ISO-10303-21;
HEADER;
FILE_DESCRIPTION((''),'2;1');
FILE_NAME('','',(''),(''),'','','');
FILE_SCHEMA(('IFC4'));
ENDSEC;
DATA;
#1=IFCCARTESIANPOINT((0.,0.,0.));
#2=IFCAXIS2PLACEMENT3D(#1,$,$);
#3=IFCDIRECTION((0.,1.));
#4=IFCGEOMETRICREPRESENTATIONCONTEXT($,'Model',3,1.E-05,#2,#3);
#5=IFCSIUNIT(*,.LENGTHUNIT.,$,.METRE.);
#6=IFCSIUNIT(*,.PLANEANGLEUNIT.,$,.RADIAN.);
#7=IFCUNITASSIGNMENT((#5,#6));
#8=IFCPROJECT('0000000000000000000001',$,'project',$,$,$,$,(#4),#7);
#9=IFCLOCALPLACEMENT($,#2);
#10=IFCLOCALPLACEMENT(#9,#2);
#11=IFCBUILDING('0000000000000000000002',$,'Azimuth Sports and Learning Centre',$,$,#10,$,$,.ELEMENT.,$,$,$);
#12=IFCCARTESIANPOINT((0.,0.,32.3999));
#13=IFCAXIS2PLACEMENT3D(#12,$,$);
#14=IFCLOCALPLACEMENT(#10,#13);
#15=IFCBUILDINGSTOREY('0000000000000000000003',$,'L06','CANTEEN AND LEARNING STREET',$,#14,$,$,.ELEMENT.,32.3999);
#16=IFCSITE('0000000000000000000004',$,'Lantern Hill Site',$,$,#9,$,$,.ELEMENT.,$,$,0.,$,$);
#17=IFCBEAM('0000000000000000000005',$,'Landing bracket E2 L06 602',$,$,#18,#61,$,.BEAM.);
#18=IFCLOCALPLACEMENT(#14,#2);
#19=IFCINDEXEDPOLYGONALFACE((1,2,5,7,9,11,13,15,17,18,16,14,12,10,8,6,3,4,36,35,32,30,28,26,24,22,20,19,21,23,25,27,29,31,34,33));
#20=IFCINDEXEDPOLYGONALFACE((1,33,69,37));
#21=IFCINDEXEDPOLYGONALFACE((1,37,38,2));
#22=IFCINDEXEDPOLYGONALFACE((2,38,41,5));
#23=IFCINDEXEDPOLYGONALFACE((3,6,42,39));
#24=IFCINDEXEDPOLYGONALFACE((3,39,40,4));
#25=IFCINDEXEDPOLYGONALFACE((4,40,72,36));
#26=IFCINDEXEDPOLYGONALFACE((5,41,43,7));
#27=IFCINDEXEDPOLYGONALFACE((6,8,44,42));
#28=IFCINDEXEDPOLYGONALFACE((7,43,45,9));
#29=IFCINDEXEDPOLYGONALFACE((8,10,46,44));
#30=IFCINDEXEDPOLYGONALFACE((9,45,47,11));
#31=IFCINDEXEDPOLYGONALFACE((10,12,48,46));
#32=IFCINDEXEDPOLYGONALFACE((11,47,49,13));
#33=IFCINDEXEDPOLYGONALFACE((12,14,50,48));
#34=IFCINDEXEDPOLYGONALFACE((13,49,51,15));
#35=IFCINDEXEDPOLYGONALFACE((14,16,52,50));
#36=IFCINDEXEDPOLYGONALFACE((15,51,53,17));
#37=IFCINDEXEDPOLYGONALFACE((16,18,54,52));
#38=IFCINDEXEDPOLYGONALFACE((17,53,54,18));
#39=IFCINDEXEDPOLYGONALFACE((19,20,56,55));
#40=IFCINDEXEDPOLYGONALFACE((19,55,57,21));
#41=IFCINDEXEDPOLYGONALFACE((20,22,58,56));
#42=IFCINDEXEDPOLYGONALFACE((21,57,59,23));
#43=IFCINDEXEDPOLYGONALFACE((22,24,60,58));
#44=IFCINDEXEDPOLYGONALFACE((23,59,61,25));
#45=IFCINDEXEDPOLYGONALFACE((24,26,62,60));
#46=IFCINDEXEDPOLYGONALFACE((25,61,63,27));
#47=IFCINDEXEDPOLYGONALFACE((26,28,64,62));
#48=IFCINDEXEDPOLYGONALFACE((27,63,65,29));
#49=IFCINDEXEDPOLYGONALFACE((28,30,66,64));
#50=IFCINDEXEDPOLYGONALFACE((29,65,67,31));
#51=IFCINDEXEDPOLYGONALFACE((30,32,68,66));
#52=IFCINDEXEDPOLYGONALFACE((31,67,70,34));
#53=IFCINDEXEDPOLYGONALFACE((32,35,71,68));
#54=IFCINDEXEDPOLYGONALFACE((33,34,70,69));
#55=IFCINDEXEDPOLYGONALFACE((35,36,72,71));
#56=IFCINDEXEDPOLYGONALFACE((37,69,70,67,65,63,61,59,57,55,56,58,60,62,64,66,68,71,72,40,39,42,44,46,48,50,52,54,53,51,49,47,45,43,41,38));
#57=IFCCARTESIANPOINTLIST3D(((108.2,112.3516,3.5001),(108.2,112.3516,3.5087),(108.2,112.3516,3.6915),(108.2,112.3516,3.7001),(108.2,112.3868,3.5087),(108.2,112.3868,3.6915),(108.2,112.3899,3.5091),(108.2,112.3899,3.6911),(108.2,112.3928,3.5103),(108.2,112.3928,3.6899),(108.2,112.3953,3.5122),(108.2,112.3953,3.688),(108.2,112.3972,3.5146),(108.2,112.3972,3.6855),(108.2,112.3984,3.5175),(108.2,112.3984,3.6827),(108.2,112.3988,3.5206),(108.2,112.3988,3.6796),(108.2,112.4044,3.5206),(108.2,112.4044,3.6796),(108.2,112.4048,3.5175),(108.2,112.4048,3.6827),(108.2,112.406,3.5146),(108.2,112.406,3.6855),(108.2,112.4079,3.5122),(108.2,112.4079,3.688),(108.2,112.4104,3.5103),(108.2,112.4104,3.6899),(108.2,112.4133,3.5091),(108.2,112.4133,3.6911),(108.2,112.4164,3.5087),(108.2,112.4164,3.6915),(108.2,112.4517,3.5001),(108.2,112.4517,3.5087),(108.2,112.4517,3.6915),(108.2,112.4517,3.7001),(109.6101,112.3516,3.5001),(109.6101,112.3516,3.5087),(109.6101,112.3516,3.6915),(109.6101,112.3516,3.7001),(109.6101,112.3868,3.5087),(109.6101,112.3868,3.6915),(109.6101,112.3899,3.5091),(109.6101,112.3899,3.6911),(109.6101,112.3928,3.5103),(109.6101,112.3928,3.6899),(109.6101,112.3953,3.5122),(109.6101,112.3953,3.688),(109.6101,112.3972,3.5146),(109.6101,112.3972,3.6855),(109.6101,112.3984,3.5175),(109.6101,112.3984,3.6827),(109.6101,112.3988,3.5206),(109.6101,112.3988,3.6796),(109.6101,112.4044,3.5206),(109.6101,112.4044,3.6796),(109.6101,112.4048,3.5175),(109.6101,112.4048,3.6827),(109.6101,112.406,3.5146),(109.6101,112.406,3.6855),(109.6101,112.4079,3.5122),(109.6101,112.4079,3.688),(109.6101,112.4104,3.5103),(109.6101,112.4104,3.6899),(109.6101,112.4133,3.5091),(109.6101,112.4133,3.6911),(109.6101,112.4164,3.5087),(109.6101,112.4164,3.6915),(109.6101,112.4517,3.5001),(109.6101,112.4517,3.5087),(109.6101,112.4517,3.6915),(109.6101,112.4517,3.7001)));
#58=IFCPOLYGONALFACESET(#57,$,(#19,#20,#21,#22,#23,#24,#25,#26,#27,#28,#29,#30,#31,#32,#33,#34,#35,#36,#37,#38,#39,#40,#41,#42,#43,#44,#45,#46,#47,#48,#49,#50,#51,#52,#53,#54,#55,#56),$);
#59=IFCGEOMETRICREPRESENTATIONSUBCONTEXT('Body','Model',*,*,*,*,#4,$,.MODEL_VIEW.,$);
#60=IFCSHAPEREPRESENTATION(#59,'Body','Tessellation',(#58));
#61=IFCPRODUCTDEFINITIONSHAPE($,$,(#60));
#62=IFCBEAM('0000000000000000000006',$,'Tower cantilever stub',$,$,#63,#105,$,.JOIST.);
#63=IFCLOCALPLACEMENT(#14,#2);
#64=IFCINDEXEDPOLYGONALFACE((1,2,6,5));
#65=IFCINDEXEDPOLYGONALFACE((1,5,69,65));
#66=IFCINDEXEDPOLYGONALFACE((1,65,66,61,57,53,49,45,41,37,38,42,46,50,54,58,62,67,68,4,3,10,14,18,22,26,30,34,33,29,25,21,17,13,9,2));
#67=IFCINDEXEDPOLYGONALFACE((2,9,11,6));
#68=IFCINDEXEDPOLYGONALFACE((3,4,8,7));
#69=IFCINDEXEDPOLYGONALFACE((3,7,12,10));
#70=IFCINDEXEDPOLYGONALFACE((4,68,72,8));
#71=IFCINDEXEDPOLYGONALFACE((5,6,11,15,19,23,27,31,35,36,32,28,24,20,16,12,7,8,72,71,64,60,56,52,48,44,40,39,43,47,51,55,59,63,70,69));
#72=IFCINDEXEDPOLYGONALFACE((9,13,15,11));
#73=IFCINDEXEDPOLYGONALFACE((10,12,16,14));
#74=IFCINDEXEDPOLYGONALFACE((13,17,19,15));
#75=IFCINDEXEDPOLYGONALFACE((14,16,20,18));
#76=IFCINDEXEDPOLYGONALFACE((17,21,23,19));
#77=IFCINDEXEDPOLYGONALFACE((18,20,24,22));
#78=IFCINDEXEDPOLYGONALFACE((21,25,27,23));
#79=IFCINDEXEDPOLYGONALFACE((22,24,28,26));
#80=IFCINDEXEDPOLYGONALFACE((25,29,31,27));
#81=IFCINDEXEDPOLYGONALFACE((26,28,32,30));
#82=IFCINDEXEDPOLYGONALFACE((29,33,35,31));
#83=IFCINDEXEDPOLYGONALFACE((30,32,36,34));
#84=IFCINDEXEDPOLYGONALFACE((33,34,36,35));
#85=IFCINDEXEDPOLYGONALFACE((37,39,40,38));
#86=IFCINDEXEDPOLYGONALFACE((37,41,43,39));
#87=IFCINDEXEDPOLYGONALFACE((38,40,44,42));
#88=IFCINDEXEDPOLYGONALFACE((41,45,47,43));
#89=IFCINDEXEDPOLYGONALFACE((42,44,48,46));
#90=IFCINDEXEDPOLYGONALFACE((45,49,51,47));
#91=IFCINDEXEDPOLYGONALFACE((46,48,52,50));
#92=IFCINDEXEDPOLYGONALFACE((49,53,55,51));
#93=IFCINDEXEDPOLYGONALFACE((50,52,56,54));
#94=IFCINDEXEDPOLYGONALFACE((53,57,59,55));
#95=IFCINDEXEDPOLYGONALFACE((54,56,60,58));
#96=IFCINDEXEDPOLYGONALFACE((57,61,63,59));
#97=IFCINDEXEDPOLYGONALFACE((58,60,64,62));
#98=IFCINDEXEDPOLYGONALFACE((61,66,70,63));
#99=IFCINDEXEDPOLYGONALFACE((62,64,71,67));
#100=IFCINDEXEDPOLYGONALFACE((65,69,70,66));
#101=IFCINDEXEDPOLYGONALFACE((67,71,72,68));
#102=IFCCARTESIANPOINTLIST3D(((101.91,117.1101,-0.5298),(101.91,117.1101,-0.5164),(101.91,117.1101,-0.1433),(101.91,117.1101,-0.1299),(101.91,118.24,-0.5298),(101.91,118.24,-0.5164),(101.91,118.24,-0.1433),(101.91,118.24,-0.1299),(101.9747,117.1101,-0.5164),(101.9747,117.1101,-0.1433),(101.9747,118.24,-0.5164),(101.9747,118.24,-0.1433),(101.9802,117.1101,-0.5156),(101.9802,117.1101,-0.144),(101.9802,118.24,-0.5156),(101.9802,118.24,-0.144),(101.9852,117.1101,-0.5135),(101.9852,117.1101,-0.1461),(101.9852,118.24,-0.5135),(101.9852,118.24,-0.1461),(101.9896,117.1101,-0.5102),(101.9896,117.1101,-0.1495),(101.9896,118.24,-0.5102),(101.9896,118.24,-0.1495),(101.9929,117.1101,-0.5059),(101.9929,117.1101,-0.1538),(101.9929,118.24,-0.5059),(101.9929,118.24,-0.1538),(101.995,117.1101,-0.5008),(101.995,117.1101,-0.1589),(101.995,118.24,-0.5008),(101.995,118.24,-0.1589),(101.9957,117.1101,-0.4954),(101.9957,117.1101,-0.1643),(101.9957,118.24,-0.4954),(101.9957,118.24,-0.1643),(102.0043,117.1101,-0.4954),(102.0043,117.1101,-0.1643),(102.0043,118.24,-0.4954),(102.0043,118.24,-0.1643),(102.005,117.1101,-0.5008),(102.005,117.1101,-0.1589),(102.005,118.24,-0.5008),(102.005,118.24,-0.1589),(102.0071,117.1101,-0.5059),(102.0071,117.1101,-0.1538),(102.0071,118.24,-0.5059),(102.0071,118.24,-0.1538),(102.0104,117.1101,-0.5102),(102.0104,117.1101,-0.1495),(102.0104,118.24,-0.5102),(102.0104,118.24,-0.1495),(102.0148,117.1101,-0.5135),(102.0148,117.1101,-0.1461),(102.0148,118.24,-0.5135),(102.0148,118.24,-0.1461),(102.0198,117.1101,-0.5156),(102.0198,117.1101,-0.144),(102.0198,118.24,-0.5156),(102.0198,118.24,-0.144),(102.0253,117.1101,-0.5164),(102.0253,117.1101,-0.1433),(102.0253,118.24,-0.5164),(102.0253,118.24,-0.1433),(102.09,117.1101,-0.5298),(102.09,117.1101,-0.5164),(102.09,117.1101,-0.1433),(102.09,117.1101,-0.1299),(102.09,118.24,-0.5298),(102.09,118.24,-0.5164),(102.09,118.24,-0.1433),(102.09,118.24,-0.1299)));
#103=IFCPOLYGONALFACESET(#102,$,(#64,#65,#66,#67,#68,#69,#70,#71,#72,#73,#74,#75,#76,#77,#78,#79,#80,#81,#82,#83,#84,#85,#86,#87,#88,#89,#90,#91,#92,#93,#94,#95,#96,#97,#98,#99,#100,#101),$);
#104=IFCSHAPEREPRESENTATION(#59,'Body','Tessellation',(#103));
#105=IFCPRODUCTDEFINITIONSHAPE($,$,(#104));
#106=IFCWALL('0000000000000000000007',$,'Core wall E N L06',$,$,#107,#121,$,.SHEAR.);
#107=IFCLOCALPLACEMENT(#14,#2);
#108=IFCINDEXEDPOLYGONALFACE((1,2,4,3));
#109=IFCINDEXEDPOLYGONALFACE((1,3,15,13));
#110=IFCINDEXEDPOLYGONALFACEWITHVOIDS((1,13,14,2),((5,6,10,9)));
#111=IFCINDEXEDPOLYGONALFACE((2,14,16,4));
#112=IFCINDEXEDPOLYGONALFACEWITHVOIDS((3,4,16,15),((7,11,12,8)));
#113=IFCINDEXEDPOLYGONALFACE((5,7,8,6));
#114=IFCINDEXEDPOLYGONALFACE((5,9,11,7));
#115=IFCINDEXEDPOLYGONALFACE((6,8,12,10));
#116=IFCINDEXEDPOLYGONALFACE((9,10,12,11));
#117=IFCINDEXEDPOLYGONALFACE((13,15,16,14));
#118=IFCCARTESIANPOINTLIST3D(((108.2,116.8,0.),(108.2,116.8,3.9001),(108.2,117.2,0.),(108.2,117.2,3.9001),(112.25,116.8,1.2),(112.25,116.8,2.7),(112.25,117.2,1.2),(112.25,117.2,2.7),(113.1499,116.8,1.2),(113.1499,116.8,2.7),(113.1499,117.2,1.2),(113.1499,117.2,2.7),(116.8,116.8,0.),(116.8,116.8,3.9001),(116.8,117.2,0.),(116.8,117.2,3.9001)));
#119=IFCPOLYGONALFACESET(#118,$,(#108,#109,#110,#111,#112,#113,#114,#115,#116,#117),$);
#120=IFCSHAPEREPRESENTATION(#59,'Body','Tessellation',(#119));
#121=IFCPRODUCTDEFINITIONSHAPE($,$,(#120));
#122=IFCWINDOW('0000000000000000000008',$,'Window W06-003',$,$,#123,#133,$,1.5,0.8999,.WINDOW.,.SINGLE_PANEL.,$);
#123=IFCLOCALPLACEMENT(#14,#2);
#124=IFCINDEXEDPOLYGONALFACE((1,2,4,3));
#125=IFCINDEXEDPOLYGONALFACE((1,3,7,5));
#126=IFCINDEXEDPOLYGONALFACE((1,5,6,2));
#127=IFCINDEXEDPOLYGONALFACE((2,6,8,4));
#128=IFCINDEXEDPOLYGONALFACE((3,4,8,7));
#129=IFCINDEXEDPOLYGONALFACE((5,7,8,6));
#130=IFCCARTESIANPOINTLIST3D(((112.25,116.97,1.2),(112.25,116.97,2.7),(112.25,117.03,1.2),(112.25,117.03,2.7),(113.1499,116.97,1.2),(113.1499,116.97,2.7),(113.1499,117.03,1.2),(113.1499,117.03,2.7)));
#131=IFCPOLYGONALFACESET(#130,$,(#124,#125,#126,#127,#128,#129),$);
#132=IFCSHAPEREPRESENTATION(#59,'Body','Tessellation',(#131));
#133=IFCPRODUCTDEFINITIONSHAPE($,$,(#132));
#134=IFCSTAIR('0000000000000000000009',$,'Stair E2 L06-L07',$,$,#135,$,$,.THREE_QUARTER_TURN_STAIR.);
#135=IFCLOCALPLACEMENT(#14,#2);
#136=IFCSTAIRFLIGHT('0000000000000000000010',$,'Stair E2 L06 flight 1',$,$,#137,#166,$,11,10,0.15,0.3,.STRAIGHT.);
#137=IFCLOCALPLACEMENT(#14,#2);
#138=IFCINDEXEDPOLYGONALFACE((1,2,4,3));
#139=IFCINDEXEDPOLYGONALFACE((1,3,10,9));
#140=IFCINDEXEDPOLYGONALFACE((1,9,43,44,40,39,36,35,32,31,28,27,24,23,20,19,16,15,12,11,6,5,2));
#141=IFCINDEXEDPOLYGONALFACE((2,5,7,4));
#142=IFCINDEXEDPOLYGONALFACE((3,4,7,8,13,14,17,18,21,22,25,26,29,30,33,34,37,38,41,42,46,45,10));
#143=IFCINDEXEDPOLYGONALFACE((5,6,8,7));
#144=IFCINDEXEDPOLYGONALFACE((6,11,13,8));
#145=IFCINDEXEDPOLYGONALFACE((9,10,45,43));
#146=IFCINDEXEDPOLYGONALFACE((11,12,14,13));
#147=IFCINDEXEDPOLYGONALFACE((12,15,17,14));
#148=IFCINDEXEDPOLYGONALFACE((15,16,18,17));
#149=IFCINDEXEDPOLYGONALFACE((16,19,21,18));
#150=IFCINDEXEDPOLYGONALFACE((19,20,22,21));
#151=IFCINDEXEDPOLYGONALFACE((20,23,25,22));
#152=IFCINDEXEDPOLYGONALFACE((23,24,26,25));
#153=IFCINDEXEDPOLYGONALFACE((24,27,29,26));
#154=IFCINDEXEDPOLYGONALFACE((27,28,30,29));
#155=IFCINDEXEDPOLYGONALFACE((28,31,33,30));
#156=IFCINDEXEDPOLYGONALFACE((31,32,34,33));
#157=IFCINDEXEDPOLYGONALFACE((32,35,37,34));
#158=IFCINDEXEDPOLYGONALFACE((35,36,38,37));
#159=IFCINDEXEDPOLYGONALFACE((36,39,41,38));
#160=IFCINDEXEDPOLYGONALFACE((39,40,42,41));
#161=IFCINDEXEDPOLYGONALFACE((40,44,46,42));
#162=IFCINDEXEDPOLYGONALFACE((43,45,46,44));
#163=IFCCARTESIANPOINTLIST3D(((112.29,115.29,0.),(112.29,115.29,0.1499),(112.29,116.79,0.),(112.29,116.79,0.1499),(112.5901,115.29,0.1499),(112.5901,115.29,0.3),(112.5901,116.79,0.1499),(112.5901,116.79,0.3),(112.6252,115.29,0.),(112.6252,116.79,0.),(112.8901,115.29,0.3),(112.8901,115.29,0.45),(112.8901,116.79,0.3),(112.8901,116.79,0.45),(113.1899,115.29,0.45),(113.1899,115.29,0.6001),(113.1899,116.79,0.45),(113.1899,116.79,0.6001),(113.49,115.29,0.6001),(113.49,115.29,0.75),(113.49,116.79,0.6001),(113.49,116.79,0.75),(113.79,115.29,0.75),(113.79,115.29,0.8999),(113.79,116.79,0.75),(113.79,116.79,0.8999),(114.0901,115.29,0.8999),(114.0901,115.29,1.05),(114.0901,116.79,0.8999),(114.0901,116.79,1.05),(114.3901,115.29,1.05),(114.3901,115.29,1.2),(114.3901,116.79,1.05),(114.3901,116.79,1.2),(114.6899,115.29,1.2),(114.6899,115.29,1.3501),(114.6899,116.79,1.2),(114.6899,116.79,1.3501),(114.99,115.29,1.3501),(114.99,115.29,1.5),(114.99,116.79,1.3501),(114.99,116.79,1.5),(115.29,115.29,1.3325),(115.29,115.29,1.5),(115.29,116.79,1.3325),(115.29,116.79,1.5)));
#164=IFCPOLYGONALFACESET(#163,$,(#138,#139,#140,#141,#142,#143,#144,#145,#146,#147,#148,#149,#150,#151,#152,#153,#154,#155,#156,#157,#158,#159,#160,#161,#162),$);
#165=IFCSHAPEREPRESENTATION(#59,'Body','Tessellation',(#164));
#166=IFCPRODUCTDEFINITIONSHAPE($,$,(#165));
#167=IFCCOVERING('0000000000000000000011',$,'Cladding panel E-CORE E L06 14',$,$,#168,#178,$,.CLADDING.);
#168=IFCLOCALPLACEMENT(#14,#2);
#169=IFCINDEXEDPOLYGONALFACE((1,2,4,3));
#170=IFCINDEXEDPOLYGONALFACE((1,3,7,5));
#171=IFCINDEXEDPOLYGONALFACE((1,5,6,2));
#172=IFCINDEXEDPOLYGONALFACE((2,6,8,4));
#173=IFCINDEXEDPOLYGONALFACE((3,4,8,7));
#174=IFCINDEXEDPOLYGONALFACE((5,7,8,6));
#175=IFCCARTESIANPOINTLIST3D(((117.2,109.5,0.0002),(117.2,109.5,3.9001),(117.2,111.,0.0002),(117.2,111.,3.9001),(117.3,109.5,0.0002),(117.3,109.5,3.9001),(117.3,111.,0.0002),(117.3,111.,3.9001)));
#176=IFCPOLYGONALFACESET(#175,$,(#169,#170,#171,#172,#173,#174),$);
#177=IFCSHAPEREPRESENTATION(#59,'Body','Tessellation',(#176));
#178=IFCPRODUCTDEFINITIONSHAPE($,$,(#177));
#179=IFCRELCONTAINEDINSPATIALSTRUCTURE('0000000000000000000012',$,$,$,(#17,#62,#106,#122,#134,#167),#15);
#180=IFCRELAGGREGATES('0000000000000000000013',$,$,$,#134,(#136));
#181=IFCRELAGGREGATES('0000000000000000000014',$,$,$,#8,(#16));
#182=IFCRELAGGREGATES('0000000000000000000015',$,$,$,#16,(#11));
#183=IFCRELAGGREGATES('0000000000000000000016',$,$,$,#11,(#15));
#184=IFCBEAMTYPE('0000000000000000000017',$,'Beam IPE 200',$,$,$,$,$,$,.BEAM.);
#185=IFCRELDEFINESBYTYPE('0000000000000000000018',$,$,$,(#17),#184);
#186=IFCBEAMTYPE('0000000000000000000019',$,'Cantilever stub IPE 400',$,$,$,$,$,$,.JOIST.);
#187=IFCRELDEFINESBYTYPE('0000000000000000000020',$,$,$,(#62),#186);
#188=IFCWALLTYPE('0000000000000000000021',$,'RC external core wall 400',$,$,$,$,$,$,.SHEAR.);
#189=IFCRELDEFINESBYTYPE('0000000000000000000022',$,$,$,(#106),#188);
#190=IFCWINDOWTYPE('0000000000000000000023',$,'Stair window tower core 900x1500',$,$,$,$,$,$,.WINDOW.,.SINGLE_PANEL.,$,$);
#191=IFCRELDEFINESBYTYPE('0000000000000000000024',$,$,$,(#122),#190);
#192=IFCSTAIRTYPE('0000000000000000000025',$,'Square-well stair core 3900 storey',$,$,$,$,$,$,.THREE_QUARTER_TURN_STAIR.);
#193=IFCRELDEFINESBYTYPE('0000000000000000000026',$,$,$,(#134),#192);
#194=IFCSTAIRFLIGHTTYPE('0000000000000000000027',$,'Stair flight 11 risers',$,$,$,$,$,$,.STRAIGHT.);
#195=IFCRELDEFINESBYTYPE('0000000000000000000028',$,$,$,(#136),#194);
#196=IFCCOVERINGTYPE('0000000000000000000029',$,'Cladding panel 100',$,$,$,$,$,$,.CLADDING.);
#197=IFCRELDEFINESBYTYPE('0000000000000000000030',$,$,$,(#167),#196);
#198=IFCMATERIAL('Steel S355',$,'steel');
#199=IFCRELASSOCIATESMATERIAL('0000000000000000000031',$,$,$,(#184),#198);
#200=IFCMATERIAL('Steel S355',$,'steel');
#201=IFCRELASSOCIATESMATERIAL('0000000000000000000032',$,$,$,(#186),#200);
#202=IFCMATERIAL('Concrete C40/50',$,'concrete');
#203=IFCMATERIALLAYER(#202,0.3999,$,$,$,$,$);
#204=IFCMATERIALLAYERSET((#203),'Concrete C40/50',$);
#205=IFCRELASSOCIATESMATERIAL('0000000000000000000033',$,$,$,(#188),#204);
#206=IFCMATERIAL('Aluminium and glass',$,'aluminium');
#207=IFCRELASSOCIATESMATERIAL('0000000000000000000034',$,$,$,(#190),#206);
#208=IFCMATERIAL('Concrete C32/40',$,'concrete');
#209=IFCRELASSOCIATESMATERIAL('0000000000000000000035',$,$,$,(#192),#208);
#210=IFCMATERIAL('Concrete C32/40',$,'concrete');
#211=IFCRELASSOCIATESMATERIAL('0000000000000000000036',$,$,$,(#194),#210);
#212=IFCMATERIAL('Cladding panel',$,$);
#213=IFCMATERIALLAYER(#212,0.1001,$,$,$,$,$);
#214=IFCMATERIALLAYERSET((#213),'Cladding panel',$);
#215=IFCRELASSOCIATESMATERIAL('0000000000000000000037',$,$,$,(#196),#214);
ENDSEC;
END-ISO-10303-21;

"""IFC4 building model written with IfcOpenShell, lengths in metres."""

from ifc_helpers import new_model, si_unit, direction, frame, frame_2d, origin, origin_2d, place, context, subcontext, project, spatial, polyline, rectangle, i_section, outline, extrude, material, layer, layer_set, material_profile, profile_set, type_object, element, fill, aggregate, save


model = new_model("IFC4")

# Units and contexts
model_context = context("Model", 3, precision=1e-05, world=origin(), true_north=direction((0.0, 1.0)))
body_context = subcontext(model_context, "Body", "Model", "MODEL_VIEW")
ifc_project = project(units=[si_unit("LENGTHUNIT", "METRE"), si_unit("PLANEANGLEUNIT", "RADIAN")], contexts=[model_context])

# Site, building, storey
site_placement = place(None, origin())
site = spatial("IfcSite", under=ifc_project, at=site_placement, Name="Lantern Hill Site", CompositionType="ELEMENT", RefElevation=0.0)
building_placement = place(site_placement, origin())
building = spatial("IfcBuilding", under=site, at=building_placement, Name="Azimuth Sports and Learning Centre", CompositionType="ELEMENT")
storey_placement = place(building_placement, frame((0.0, 0.0, 32.3999)))
storey = spatial("IfcBuildingStorey", under=building, at=storey_placement, Name="L06", Description="CANTEEN AND LEARNING STREET", CompositionType="ELEMENT", Elevation=32.3999)

# Beams
ifc_material_1 = material(Name="Steel S355", Category="steel")
ifc_material_profile_1 = material_profile(ifc_material_1, i_section(OverallWidth=0.1001, OverallDepth=0.2, WebThickness=0.0056, FlangeThickness=0.0085, FilletRadius=0.012, at=origin_2d()), Name="IPE 200")
ifc_profile_set_1 = profile_set([ifc_material_profile_1], Name="Steel S355")
beam_type_1 = type_object("IfcBeamType", Name="Beam IPE 200", PredefinedType="BEAM", material=ifc_profile_set_1)
for number, where, z_axis, x_axis, name in (
    (1, (108.2, 112.4016, 3.6001), (1.0, 0.0, 0.0), (0.0, 1.0, 0.0), "Landing bracket E2 L06 602"),
):
    element("IfcBeam", number, at=place(storey_placement, frame(where, z_axis=z_axis, x_axis=x_axis)), inside=storey, type_object=beam_type_1, Name=name, PredefinedType="BEAM", context=body_context, shape_type="SweptSolid", body=[
        extrude(i_section(OverallWidth=0.1001, OverallDepth=0.2, WebThickness=0.0056, FlangeThickness=0.0085, FilletRadius=0.012, at=origin_2d()), origin(), (0.0, 0.0, 1.0), 1.4102),
    ])
ifc_material_2 = material(Name="Steel S355", Category="steel")
ifc_material_profile_2 = material_profile(ifc_material_2, i_section(OverallWidth=0.1799, OverallDepth=0.3999, WebThickness=0.0085, FlangeThickness=0.0134, FilletRadius=0.021, at=origin_2d()), Name="IPE 400")
ifc_profile_set_2 = profile_set([ifc_material_profile_2], Name="Steel S355")
beam_type_2 = type_object("IfcBeamType", Name="Cantilever stub IPE 400", PredefinedType="JOIST", material=ifc_profile_set_2)
beam_placement = place(storey_placement, frame((102.0, 117.1101, -0.3298), z_axis=(0.0, 1.0, 0.0), x_axis=(-1.0, 0.0, 0.0)))
element("IfcBeam", 2, at=beam_placement, inside=storey, type_object=beam_type_2, Name="Tower cantilever stub", PredefinedType="JOIST", context=body_context, shape_type="SweptSolid", body=[
    extrude(i_section(OverallWidth=0.1799, OverallDepth=0.3999, WebThickness=0.0085, FlangeThickness=0.0134, FilletRadius=0.021, at=origin_2d()), origin(), (0.0, 0.0, 1.0), 1.1299),
])

# Wall, opening, window
ifc_material_3 = material(Name="Concrete C40/50", Category="concrete")
ifc_layer_1 = layer(ifc_material_3, 0.3999)
ifc_layer_set_1 = layer_set([ifc_layer_1], Name="Concrete C40/50")
wall_type = type_object("IfcWallType", Name="RC external core wall 400", PredefinedType="SHEAR", material=ifc_layer_set_1)
wall_placement = place(storey_placement, frame((108.2, 117.0, 0.0), z_axis=(0.0, 0.0, 1.0), x_axis=(1.0, 0.0, 0.0)))
wall = element("IfcWall", 3, at=wall_placement, inside=storey, type_object=wall_type, Name="Core wall E N L06", PredefinedType="SHEAR", context=body_context, shape_type="SweptSolid", body=[
    extrude(rectangle(XDim=8.6001, YDim=0.3999, at=frame_2d((4.3, 0.0))), origin(), (0.0, 0.0, 1.0), 3.9001),
])
opening_placement = place(wall_placement, frame((4.05, 0.0, 1.2)))
opening = element("IfcOpeningElement", 4, at=opening_placement, cuts=wall, PredefinedType="OPENING", context=body_context, shape_type="SweptSolid", body=[
    extrude(rectangle(XDim=0.8999, YDim=1.5, at=frame_2d((0.45, 0.75))), frame((0.0, 0.2109, 0.0), z_axis=(0.0, -1.0, 0.0), x_axis=(1.0, 0.0, 0.0)), (0.0, 0.0, 1.0), 0.4219),
])
ifc_material_4 = material(Name="Aluminium and glass", Category="aluminium")
window_type = type_object("IfcWindowType", Name="Stair window tower core 900x1500", PartitioningType="SINGLE_PANEL", PredefinedType="WINDOW", material=ifc_material_4)
window_placement = place(opening_placement, origin())
window = element("IfcWindow", 5, at=window_placement, inside=storey, type_object=window_type, Name="Window W06-003", OverallHeight=1.5, OverallWidth=0.8999, PartitioningType="SINGLE_PANEL", PredefinedType="WINDOW", context=body_context, shape_type="SweptSolid", body=[
    extrude(rectangle(XDim=0.8999, YDim=1.5, at=frame_2d((0.45, 0.75))), frame((0.0, 0.03, 0.0), z_axis=(0.0, -1.0, 0.0), x_axis=(1.0, 0.0, 0.0)), (0.0, 0.0, 1.0), 0.0601),
])
fill(opening, window)

# Stair, stair flight
ifc_material_5 = material(Name="Concrete C32/40", Category="concrete")
stair_type = type_object("IfcStairType", Name="Square-well stair core 3900 storey", PredefinedType="THREE_QUARTER_TURN_STAIR", material=ifc_material_5)
stair_placement = place(storey_placement, origin())
stair = element("IfcStair", 6, at=stair_placement, inside=storey, type_object=stair_type, Name="Stair E2 L06-L07", PredefinedType="THREE_QUARTER_TURN_STAIR")
ifc_material_6 = material(Name="Concrete C32/40", Category="concrete")
stair_flight_type = type_object("IfcStairFlightType", Name="Stair flight 11 risers", PredefinedType="STRAIGHT", material=ifc_material_6)
stair_flight_placement = place(storey_placement, frame((112.29, 116.04, 0.0), z_axis=(0.0, 0.0, 1.0), x_axis=(1.0, 0.0, 0.0)))
stair_flight = element("IfcStairFlight", 7, at=stair_flight_placement, type_object=stair_flight_type, Name="Stair E2 L06 flight 1", NumberOfRisers=11, NumberOfTreads=10, PredefinedType="STRAIGHT", RiserHeight=0.15, TreadLength=0.3, context=body_context, shape_type="SweptSolid", body=[
    extrude(outline(polyline([(0.0, 0.0), (0.0, 0.1499), (0.3, 0.1499), (0.3, 0.3), (0.6001, 0.3), (0.6001, 0.45), (0.8999, 0.45), (0.8999, 0.6001), (1.2, 0.6001), (1.2, 0.75), (1.5, 0.75), (1.5, 0.8999), (1.8, 0.8999), (1.8, 1.05), (2.1001, 1.05), (2.1001, 1.2), (2.3999, 1.2), (2.3999, 1.3501), (2.7, 1.3501), (2.7, 1.5), (3.0, 1.5), (3.0, 1.6499), (3.0, 1.3325), (0.3352, 0.0), (0.0, 0.0)])), frame((0.0, 0.75, 0.0), z_axis=(0.0, -1.0, 0.0), x_axis=(1.0, 0.0, 0.0)), (0.0, 0.0, 1.0), 1.5),
])
aggregate(stair, [stair_flight])

# Covering
ifc_material_7 = material(Name="Cladding panel")
ifc_layer_2 = layer(ifc_material_7, 0.1001)
ifc_layer_set_2 = layer_set([ifc_layer_2], Name="Cladding panel")
covering_type = type_object("IfcCoveringType", Name="Cladding panel 100", PredefinedType="CLADDING", material=ifc_layer_set_2)
for number, where, z_axis, x_axis, name in (
    (8, (117.25, 110.25, 0.0002), (0.0, 0.0, 1.0), (0.0, 1.0, 0.0), "Cladding panel E-CORE E L06 14"),
):
    element("IfcCovering", number, at=place(storey_placement, frame(where, z_axis=z_axis, x_axis=x_axis)), inside=storey, type_object=covering_type, Name=name, PredefinedType="CLADDING", context=body_context, shape_type="SweptSolid", body=[
        extrude(rectangle(XDim=1.5, YDim=0.1001, at=origin_2d()), origin(), (0.0, 0.0, 1.0), 3.8999),
    ])

save(model, "model.ifc")
